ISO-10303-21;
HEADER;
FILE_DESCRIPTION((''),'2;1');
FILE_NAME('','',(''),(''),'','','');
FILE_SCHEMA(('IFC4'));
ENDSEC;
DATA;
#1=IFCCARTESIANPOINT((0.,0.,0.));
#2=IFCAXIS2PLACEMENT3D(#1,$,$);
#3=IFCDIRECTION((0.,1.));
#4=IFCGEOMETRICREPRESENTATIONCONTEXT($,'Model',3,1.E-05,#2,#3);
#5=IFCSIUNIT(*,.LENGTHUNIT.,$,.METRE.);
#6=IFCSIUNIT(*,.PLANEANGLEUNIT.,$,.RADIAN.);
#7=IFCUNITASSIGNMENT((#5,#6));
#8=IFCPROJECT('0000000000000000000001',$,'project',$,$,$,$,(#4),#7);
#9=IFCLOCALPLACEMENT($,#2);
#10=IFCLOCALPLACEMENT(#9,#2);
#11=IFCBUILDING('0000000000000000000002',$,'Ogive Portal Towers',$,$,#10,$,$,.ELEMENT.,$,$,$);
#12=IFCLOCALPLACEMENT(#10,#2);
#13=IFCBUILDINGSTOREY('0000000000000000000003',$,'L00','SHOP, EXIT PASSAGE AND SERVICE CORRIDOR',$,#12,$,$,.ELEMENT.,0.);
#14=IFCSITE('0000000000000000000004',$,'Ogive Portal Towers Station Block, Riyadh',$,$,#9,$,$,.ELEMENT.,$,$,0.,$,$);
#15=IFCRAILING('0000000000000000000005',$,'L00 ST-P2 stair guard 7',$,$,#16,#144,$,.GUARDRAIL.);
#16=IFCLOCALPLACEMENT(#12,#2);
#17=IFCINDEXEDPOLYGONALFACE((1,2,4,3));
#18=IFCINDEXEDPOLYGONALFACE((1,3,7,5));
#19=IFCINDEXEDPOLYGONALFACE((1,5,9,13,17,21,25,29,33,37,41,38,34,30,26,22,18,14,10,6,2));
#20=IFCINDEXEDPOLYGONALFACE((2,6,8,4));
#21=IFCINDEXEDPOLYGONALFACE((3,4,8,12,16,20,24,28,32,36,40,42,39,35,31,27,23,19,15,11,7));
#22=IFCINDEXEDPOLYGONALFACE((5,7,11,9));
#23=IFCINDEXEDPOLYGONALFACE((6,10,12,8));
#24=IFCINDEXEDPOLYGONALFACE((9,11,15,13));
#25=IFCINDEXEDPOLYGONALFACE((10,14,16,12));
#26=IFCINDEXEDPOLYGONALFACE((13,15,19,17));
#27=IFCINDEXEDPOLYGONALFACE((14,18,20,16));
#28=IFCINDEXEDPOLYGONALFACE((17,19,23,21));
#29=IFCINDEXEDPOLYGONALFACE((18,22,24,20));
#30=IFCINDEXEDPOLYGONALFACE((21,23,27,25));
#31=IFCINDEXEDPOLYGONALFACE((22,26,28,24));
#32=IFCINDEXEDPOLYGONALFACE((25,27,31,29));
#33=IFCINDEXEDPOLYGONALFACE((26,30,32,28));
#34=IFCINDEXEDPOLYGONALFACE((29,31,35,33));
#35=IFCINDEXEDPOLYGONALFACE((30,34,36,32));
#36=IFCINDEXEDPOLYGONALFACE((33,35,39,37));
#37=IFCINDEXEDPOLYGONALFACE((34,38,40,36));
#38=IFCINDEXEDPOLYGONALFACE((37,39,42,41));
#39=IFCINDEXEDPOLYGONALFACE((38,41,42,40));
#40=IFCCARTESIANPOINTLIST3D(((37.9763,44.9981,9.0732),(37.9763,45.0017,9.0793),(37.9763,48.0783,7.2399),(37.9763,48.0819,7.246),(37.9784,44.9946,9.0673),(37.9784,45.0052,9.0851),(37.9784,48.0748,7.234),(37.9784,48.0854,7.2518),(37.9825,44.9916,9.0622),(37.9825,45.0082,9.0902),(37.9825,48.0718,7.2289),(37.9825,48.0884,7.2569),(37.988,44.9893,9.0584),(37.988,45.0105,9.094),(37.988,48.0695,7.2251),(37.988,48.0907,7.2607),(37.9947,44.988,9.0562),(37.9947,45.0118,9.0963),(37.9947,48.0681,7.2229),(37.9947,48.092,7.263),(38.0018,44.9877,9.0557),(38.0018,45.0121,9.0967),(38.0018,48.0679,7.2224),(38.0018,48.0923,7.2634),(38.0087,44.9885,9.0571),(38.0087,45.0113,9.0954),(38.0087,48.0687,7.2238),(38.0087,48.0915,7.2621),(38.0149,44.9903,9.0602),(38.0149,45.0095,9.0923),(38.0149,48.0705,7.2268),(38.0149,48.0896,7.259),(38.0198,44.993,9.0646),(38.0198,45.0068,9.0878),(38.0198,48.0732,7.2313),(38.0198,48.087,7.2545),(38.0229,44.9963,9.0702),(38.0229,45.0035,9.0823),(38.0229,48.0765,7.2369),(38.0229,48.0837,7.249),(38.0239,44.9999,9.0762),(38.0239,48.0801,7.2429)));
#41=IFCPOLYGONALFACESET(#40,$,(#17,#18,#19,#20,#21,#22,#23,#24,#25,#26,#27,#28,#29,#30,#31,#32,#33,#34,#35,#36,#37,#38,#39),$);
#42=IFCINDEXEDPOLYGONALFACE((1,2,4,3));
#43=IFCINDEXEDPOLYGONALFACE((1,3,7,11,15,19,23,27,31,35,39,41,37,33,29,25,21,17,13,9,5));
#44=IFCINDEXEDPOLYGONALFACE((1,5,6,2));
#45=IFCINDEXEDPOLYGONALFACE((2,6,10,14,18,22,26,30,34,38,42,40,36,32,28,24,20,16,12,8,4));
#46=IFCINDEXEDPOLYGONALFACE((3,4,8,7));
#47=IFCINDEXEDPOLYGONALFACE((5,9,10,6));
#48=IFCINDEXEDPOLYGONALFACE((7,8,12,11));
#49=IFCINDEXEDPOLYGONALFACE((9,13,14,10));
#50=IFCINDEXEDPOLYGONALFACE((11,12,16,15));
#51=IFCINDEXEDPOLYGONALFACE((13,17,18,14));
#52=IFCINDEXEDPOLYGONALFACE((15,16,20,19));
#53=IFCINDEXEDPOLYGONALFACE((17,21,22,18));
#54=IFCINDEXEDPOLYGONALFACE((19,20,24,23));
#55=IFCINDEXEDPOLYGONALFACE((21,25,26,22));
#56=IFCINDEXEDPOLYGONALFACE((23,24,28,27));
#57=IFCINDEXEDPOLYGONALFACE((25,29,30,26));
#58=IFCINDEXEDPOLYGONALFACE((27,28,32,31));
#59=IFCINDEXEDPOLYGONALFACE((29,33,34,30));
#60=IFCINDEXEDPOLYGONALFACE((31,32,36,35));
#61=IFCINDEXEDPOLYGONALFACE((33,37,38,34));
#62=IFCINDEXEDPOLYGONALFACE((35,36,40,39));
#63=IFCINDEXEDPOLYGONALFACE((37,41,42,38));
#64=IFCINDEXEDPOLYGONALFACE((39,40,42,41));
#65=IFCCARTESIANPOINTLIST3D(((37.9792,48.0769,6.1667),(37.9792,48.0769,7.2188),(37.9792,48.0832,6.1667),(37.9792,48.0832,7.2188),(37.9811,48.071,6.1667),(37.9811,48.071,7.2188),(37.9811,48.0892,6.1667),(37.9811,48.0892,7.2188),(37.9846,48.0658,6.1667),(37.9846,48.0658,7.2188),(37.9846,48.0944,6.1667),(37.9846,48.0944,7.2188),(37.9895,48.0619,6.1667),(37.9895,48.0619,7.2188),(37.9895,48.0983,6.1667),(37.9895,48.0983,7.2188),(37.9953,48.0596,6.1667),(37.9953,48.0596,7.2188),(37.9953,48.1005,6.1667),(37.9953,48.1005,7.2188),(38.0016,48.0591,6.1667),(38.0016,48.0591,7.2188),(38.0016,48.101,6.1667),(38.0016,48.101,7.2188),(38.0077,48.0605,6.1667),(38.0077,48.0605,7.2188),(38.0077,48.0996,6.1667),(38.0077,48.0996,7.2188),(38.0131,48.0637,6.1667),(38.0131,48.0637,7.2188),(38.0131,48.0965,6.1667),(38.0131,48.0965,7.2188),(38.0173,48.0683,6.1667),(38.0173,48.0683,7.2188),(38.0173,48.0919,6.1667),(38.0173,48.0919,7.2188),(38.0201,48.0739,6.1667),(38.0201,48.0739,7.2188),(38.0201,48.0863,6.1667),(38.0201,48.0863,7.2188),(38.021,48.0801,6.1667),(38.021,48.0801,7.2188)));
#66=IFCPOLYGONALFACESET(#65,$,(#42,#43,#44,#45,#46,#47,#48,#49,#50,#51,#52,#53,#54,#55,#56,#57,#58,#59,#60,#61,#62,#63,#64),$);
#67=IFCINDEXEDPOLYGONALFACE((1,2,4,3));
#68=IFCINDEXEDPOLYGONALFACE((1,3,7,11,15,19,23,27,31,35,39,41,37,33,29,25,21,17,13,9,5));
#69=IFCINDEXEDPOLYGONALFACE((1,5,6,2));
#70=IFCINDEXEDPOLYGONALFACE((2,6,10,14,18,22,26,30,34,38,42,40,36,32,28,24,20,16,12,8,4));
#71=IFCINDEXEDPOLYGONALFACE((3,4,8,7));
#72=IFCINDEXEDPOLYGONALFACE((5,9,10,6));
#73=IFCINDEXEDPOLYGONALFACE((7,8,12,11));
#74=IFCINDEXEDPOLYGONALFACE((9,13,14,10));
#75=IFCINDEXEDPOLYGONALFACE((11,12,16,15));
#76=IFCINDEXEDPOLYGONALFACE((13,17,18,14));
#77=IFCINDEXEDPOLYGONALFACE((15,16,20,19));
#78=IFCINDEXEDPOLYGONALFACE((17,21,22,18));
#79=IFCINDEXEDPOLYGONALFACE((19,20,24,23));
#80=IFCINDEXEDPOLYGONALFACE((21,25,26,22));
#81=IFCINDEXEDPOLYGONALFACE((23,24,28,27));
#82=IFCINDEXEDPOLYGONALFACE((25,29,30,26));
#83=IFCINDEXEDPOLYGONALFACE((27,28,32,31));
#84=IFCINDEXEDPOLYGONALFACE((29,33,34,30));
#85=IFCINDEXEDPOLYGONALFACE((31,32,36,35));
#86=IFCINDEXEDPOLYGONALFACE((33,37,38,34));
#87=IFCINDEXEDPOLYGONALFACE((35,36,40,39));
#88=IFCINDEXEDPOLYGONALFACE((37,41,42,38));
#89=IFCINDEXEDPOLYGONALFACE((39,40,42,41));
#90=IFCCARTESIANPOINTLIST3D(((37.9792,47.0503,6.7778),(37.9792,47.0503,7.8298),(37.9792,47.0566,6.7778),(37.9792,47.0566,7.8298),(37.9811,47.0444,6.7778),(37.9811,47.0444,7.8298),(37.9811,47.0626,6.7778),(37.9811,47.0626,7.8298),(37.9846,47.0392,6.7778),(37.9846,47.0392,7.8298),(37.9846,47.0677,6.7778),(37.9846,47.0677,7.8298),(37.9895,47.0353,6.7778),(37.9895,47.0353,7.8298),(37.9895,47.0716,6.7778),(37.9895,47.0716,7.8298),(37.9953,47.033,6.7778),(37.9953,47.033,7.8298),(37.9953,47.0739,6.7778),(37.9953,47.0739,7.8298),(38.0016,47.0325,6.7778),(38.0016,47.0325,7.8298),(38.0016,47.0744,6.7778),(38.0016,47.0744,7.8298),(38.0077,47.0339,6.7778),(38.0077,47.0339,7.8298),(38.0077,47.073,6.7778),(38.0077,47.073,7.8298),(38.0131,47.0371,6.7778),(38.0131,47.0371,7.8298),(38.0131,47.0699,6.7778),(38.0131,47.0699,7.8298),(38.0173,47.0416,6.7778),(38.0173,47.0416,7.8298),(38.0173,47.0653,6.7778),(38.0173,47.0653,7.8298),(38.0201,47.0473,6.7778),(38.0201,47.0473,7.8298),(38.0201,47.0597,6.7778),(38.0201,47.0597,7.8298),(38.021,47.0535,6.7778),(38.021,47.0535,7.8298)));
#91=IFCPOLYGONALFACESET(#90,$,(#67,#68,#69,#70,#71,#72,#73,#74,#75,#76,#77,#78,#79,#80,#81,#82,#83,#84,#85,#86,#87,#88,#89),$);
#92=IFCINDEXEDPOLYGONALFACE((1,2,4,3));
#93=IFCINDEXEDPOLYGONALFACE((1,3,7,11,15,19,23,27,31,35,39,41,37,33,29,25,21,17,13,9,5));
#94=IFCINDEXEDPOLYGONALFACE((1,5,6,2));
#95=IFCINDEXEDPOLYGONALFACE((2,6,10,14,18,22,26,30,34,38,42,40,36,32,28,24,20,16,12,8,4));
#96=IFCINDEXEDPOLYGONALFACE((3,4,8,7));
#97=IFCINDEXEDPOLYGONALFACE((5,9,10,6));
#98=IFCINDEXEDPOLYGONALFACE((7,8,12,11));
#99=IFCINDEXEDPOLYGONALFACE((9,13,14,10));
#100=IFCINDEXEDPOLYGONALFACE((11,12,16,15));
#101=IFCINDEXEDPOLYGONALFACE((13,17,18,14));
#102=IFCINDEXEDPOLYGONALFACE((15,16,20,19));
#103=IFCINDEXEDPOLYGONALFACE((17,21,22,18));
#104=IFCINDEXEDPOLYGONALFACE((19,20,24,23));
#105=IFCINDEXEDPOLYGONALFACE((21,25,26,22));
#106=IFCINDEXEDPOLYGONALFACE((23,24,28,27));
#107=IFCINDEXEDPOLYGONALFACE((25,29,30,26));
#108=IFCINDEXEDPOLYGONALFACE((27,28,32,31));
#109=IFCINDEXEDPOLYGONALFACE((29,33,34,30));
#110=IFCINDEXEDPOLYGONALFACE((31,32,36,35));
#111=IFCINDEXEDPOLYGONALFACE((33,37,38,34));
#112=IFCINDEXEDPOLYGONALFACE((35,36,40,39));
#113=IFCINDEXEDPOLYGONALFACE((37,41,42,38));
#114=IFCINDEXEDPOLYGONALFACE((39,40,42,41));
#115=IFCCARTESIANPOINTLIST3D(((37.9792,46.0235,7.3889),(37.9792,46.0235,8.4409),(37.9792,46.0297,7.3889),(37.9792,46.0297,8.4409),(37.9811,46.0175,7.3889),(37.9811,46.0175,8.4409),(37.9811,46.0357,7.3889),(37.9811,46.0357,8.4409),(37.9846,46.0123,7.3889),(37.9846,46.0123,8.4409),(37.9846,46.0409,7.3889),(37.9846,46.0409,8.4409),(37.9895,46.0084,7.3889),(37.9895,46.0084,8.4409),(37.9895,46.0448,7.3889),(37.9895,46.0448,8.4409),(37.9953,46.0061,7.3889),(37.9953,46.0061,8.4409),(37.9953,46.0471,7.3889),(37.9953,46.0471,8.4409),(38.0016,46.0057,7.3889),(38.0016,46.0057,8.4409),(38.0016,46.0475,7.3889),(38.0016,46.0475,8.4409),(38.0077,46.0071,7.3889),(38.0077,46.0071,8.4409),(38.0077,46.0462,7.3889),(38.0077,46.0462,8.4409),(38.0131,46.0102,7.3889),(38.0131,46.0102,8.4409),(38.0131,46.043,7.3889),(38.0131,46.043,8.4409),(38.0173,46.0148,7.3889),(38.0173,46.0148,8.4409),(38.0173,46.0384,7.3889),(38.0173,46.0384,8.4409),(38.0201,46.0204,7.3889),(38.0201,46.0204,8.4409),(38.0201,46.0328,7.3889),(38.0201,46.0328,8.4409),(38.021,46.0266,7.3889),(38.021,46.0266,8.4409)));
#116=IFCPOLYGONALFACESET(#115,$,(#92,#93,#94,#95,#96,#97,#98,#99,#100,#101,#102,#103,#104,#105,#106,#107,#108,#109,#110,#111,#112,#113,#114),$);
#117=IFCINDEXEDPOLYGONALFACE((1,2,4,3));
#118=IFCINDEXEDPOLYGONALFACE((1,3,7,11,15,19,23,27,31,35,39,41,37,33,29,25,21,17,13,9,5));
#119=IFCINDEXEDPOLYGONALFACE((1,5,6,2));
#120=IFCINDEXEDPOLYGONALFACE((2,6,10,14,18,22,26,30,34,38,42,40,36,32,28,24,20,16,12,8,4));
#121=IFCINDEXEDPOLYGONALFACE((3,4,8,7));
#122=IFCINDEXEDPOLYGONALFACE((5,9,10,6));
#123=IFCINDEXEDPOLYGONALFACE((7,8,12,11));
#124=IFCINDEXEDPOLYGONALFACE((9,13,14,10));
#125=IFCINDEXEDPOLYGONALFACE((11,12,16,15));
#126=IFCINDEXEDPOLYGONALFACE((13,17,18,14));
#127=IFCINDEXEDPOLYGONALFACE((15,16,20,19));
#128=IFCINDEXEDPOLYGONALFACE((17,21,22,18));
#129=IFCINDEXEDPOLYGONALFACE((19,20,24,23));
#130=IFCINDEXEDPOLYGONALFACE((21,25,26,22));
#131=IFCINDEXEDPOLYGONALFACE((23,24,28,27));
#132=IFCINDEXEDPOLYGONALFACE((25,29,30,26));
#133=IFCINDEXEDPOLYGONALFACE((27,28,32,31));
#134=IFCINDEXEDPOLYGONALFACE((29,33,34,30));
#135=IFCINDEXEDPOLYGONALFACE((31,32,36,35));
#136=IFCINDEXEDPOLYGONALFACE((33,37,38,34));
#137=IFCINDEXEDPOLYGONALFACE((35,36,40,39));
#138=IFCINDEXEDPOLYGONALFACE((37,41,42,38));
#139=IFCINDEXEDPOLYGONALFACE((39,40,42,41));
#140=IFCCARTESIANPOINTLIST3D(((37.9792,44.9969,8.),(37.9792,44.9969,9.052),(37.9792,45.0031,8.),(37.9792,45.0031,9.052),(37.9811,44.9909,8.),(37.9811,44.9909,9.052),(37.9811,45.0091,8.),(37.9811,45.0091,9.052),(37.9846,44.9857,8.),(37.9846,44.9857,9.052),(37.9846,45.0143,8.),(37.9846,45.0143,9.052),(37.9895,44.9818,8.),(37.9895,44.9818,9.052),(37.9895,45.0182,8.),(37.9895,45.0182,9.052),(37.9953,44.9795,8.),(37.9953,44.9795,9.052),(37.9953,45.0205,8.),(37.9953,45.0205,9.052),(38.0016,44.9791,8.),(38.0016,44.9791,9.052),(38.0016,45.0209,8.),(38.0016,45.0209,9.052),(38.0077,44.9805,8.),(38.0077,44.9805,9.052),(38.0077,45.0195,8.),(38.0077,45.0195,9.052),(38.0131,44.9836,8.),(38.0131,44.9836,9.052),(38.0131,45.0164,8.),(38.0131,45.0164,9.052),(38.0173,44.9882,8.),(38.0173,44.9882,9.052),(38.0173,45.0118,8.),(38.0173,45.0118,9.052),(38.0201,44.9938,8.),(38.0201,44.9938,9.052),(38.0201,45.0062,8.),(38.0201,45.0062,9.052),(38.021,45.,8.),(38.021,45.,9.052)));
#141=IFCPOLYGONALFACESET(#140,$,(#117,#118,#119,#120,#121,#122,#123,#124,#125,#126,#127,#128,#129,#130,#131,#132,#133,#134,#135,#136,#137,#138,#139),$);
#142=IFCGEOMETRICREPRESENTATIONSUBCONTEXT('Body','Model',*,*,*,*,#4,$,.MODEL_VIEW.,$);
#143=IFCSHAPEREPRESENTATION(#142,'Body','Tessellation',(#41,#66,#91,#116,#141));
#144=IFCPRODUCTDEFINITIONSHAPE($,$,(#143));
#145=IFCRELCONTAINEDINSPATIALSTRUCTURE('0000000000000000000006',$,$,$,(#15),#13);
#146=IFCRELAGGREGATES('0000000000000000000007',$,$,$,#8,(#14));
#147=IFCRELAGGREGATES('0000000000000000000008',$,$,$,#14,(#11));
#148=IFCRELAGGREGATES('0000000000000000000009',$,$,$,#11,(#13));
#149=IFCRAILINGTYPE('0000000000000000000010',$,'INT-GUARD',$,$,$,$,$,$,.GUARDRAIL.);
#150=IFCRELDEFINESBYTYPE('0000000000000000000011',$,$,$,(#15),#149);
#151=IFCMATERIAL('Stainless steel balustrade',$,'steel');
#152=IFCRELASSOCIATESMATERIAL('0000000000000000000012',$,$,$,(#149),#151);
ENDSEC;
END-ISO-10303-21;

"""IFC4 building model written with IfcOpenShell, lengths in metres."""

from ifc_helpers import new_model, si_unit, direction, frame, origin, origin_2d, place, context, subcontext, project, spatial, circle, extrude, material, type_object, element, save


model = new_model("IFC4")

# Units and contexts
model_context = context("Model", 3, precision=1e-05, world=origin(), true_north=direction((0.0, 1.0)))
body_context = subcontext(model_context, "Body", "Model", "MODEL_VIEW")
ifc_project = project(units=[si_unit("LENGTHUNIT", "METRE"), si_unit("PLANEANGLEUNIT", "RADIAN")], contexts=[model_context])

# Site, building, storey
site_placement = place(None, origin())
site = spatial("IfcSite", under=ifc_project, at=site_placement, Name="Ogive Portal Towers Station Block, Riyadh", CompositionType="ELEMENT", RefElevation=0.0)
building_placement = place(site_placement, origin())
building = spatial("IfcBuilding", under=site, at=building_placement, Name="Ogive Portal Towers", CompositionType="ELEMENT")
storey_placement = place(building_placement, origin())
storey = spatial("IfcBuildingStorey", under=building, at=storey_placement, Name="L00", Description="SHOP, EXIT PASSAGE AND SERVICE CORRIDOR", CompositionType="ELEMENT", Elevation=0.0)

# Railing
ifc_material_1 = material(Name="Stainless steel balustrade", Category="steel")
railing_type_1 = type_object("IfcRailingType", Name="INT-GUARD", PredefinedType="GUARDRAIL", material=ifc_material_1)
railing_1_placement = place(storey_placement, frame((38.0, 48.0801, 6.1667)))
element("IfcRailing", 1, at=railing_1_placement, inside=storey, type_object=railing_type_1, Name="L00 ST-P2 stair guard 7", PredefinedType="GUARDRAIL", context=body_context, shape_type="SweptSolid", body=[
    extrude(circle(Radius=0.0239, at=origin_2d()), frame((0.0, 0.0, 1.0762), z_axis=(0.0, -0.859309, 0.511458), x_axis=(1.0, 0.0, 0.0)), (0.0, 0.0, 1.0), 3.5845),
    extrude(circle(Radius=0.021, at=origin_2d()), origin(), (0.0, 0.0, 1.0), 1.052),
    extrude(circle(Radius=0.021, at=origin_2d()), frame((0.0, -1.0266, 0.6111)), (0.0, 0.0, 1.0), 1.052),
    extrude(circle(Radius=0.021, at=origin_2d()), frame((0.0, -2.0535, 1.2222)), (0.0, 0.0, 1.0), 1.052),
    extrude(circle(Radius=0.021, at=origin_2d()), frame((0.0, -3.0801, 1.8333)), (0.0, 0.0, 1.0), 1.052),
])

save(model, "model.ifc")
